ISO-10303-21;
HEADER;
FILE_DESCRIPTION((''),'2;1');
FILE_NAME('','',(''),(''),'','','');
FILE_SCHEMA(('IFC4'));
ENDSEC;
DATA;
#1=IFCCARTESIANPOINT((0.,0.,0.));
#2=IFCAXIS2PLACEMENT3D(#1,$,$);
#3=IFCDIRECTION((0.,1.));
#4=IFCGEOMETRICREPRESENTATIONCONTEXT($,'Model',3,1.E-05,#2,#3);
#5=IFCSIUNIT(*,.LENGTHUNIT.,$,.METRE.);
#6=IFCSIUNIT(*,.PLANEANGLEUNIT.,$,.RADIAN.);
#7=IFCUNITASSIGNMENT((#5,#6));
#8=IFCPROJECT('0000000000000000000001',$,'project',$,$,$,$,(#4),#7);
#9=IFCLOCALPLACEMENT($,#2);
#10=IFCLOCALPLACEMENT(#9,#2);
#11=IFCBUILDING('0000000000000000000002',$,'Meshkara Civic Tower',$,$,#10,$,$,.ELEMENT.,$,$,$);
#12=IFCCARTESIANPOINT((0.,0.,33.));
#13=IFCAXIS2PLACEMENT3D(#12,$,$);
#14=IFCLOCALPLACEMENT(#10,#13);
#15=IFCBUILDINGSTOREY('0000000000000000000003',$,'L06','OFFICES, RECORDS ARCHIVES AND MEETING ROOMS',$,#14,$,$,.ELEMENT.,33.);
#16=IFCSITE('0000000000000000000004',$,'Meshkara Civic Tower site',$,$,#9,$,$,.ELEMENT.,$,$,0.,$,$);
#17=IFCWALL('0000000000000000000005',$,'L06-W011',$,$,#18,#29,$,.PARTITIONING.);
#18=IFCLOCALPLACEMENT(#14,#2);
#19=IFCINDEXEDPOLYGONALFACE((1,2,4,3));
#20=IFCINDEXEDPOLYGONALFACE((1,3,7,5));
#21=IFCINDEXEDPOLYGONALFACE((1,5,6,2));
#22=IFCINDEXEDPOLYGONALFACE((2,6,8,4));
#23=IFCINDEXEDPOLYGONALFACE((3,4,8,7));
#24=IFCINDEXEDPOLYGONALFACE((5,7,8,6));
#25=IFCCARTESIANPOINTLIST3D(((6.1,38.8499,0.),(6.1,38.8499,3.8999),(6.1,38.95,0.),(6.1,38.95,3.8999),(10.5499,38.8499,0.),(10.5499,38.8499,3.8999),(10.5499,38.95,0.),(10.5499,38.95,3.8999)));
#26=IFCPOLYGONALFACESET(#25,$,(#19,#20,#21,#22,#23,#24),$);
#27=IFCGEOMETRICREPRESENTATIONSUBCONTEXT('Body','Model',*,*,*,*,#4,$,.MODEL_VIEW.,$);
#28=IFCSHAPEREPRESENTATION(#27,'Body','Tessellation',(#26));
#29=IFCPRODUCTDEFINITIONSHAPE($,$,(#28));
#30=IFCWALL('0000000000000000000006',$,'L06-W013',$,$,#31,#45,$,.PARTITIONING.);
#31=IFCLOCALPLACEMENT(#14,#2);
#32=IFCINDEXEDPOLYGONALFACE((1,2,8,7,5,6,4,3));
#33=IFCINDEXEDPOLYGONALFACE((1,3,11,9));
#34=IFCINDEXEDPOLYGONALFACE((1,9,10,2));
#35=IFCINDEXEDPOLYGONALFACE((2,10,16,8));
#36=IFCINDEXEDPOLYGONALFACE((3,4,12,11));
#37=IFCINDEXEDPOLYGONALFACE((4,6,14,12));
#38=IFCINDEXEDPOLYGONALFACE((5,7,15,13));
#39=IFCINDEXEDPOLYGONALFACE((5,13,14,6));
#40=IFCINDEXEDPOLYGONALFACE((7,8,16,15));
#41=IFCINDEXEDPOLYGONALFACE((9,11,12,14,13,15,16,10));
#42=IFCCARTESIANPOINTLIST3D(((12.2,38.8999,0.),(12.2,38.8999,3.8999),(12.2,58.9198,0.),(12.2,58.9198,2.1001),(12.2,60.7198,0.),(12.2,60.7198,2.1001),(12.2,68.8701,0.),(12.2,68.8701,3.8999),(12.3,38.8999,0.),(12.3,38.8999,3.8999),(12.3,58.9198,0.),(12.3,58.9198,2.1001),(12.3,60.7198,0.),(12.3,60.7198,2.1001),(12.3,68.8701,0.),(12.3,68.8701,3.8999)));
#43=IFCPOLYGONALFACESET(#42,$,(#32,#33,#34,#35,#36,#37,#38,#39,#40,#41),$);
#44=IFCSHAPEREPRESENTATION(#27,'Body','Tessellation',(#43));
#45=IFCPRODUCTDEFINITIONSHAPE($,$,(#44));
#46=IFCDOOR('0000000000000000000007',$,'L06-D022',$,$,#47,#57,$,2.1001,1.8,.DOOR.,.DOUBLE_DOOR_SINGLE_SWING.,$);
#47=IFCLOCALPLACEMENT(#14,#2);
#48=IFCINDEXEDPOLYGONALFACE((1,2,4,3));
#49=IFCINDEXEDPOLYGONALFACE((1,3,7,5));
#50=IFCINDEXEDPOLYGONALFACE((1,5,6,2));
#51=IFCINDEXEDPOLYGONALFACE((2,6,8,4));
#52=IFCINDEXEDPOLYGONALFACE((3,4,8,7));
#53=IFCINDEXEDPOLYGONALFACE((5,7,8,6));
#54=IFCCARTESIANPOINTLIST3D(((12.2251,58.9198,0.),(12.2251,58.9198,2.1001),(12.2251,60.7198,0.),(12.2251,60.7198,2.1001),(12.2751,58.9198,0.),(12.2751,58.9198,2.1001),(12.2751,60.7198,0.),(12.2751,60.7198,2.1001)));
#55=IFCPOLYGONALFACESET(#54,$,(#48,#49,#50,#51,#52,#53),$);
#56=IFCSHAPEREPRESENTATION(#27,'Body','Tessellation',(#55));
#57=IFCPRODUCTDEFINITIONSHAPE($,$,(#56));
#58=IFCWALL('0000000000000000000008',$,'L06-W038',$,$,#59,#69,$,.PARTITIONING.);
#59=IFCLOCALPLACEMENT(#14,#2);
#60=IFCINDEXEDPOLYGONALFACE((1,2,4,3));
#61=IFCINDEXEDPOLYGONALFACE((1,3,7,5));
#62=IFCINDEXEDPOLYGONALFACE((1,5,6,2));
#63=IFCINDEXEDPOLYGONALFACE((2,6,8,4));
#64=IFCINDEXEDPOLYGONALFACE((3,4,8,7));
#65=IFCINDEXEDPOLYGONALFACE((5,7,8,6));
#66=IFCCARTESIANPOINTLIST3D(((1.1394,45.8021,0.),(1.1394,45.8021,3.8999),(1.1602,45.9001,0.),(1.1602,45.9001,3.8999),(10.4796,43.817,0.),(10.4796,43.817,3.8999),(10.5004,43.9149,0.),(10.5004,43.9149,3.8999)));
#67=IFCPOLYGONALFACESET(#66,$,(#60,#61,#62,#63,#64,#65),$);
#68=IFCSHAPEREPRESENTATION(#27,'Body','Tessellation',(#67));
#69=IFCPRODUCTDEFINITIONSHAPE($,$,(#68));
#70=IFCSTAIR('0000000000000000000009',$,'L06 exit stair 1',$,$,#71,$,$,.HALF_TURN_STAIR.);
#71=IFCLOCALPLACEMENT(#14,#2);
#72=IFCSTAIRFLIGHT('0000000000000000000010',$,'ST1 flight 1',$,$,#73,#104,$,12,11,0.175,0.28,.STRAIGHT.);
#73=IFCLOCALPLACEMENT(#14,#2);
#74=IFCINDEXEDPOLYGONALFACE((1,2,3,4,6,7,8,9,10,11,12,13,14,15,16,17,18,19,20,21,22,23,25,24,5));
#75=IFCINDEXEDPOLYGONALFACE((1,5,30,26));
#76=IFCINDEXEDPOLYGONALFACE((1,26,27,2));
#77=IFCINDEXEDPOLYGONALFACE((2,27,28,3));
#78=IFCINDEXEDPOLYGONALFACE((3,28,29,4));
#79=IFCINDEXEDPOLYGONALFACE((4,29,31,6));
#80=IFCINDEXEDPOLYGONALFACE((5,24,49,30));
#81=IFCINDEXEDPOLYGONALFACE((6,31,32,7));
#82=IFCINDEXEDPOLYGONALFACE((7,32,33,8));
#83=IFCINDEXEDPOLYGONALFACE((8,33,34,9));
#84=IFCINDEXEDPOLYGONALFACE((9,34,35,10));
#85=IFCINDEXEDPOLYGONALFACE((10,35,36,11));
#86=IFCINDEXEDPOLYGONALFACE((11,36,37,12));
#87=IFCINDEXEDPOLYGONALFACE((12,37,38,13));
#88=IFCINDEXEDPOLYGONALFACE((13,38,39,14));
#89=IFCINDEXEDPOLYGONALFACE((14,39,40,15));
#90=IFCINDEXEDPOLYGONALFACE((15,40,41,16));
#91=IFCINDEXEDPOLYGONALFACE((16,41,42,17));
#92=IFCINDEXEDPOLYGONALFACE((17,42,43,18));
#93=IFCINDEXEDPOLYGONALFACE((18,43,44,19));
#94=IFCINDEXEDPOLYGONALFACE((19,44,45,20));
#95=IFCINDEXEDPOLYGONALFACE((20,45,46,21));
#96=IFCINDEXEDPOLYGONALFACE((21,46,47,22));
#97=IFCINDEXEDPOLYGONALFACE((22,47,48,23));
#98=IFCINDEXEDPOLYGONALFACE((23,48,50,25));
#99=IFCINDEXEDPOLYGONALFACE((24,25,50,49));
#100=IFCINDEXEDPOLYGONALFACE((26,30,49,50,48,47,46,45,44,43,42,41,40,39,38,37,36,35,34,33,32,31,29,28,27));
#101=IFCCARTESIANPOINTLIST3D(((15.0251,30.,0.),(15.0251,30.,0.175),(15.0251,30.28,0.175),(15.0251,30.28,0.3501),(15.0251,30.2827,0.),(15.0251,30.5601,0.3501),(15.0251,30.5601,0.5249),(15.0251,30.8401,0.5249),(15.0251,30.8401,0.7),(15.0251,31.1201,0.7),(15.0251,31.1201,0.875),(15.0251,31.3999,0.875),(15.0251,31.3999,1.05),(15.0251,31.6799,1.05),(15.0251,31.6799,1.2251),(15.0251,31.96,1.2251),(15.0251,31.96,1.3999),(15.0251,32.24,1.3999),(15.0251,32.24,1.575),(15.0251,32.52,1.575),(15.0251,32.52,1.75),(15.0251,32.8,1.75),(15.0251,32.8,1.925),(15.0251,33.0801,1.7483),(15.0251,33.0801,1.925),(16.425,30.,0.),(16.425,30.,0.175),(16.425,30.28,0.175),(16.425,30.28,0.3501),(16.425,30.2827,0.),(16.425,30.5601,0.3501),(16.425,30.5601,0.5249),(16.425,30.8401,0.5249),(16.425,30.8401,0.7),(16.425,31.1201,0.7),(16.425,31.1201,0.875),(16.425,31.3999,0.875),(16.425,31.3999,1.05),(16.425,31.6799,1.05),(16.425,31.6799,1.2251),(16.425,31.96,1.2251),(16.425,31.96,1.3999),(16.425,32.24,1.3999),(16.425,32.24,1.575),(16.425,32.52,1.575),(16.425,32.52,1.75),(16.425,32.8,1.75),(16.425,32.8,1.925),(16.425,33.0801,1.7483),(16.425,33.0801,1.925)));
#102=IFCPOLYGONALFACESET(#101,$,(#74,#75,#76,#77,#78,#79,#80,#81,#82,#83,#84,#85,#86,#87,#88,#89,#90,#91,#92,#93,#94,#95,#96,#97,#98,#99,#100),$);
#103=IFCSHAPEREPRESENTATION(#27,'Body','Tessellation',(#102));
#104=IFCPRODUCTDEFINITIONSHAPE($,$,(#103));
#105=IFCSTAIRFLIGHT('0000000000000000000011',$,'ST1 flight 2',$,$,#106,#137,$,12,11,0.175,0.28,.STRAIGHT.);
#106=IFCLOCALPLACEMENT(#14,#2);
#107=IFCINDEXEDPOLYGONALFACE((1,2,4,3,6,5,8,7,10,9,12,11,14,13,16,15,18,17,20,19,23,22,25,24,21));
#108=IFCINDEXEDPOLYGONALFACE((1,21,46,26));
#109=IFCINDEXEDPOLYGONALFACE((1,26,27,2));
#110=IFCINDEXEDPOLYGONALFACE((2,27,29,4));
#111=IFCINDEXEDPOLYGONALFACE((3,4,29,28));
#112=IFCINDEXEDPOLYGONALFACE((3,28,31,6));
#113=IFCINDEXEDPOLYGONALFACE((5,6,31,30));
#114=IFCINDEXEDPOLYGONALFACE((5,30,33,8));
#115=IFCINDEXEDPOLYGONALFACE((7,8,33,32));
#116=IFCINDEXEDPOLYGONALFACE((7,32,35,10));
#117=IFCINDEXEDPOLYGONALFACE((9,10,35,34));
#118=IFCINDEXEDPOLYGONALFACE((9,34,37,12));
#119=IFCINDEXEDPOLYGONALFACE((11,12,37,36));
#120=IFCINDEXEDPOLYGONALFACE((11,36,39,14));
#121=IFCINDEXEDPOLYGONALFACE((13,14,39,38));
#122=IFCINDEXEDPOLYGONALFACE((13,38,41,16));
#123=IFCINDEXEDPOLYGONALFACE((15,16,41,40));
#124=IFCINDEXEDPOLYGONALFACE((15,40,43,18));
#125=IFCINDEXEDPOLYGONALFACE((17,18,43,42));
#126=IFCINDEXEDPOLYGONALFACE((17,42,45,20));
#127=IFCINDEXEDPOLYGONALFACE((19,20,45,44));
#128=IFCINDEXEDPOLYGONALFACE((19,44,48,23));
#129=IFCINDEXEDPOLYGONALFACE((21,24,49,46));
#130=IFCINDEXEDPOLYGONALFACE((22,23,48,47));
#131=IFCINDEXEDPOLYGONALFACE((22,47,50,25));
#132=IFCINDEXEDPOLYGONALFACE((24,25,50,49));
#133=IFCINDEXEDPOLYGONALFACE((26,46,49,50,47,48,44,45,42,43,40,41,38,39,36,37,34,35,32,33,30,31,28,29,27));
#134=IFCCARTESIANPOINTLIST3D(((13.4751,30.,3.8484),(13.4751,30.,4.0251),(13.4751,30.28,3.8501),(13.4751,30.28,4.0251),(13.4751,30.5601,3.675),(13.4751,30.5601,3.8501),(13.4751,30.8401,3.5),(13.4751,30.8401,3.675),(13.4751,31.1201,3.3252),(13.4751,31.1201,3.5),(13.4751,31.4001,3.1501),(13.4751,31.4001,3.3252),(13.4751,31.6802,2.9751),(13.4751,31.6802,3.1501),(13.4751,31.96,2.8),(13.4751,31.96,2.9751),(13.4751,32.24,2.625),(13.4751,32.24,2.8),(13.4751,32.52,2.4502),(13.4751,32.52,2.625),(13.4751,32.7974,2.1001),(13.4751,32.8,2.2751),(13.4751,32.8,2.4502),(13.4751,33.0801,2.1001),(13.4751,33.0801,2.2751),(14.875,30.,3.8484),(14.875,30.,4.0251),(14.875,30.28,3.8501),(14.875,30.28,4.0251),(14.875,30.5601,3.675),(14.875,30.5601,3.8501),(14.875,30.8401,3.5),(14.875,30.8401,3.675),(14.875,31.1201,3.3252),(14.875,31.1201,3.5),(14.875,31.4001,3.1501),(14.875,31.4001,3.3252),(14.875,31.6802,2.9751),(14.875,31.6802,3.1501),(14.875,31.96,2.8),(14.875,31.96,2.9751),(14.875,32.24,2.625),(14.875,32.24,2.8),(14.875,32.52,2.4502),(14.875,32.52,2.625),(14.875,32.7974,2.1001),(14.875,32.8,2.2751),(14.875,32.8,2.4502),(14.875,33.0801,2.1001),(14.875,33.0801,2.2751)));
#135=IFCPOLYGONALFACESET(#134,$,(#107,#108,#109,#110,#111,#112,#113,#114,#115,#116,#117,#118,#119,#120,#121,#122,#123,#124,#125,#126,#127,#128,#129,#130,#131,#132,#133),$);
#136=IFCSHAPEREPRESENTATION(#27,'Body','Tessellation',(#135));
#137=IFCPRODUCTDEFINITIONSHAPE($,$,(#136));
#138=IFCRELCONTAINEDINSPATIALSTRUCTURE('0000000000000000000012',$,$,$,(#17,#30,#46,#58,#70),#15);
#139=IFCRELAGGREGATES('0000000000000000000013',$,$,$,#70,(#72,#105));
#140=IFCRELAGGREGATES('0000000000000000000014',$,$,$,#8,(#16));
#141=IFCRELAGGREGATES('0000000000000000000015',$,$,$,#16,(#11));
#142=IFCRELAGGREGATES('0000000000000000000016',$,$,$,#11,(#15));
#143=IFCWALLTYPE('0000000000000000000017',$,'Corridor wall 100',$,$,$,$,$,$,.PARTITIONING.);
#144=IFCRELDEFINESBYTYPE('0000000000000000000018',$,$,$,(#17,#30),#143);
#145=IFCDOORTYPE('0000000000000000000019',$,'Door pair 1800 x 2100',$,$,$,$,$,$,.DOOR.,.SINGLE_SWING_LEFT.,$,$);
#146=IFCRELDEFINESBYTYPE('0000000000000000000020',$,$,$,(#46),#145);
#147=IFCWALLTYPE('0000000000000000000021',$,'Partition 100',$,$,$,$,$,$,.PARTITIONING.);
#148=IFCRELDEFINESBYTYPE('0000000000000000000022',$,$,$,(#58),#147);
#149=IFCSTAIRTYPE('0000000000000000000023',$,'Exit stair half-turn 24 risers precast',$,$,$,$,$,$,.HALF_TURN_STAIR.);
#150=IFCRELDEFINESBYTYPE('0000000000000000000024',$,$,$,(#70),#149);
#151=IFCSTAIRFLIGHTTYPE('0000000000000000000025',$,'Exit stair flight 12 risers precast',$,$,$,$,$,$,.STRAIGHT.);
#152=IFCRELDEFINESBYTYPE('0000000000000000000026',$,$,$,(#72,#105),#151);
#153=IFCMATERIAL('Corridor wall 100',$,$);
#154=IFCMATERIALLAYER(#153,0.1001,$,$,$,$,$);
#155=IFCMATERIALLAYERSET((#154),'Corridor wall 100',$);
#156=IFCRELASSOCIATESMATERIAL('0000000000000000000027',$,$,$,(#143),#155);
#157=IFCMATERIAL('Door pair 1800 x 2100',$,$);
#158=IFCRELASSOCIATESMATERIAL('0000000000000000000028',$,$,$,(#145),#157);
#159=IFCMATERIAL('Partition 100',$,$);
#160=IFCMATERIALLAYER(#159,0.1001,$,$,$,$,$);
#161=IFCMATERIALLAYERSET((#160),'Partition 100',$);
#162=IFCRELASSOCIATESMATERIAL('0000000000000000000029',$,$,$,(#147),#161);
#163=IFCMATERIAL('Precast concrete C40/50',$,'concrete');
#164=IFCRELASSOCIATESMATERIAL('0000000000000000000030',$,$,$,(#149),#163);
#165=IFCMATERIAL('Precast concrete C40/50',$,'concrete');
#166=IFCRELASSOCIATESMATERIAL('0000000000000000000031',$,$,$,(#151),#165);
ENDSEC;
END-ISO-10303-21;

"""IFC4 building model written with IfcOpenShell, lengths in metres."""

from ifc_helpers import new_model, si_unit, direction, frame, frame_2d, origin, place, context, subcontext, project, spatial, polyline, rectangle, outline, extrude, material, layer, layer_set, type_object, element, fill, aggregate, save


model = new_model("IFC4")

# Units and contexts
model_context = context("Model", 3, precision=1e-05, world=origin(), true_north=direction((0.0, 1.0)))
body_context = subcontext(model_context, "Body", "Model", "MODEL_VIEW")
ifc_project = project(units=[si_unit("LENGTHUNIT", "METRE"), si_unit("PLANEANGLEUNIT", "RADIAN")], contexts=[model_context])

# Site, building, storey
site_placement = place(None, origin())
site = spatial("IfcSite", under=ifc_project, at=site_placement, Name="Meshkara Civic Tower site", CompositionType="ELEMENT", RefElevation=0.0)
building_placement = place(site_placement, origin())
building = spatial("IfcBuilding", under=site, at=building_placement, Name="Meshkara Civic Tower", CompositionType="ELEMENT")
storey_placement = place(building_placement, frame((0.0, 0.0, 33.0)))
storey = spatial("IfcBuildingStorey", under=building, at=storey_placement, Name="L06", Description="OFFICES, RECORDS ARCHIVES AND MEETING ROOMS", CompositionType="ELEMENT", Elevation=33.0)

# Shared definitions
ifc_material_1 = material(Name="Corridor wall 100")
ifc_layer_1 = layer(ifc_material_1, 0.1001)
ifc_layer_set_1 = layer_set([ifc_layer_1], Name="Corridor wall 100")
wall_type_1 = type_object("IfcWallType", Name="Corridor wall 100", PredefinedType="PARTITIONING", material=ifc_layer_set_1)
ifc_material_2 = material(Name="Door pair 1800 x 2100")
door_type_1 = type_object("IfcDoorType", Name="Door pair 1800 x 2100", OperationType="SINGLE_SWING_LEFT", PredefinedType="DOOR", material=ifc_material_2)

# Wall
wall_1_placement = place(storey_placement, frame((10.55, 38.8999, 0.0), z_axis=(0.0, 0.0, 1.0), x_axis=(-1.0, 0.0, 0.0)))
element("IfcWall", 1, at=wall_1_placement, inside=storey, type_object=wall_type_1, Name="L06-W011", PredefinedType="PARTITIONING", context=body_context, shape_type="SweptSolid", body=[
    extrude(rectangle(XDim=4.45, YDim=0.1001, at=frame_2d((2.2251, 0.0))), origin(), (0.0, 0.0, 1.0), 3.8999),
])

# Wall, opening, door
wall_2_placement = place(storey_placement, frame((12.25, 38.8999, 0.0), z_axis=(0.0, 0.0, 1.0), x_axis=(0.0, 1.0, 0.0)))
wall_2 = element("IfcWall", 2, at=wall_2_placement, inside=storey, type_object=wall_type_1, Name="L06-W013", PredefinedType="PARTITIONING", context=body_context, shape_type="SweptSolid", body=[
    extrude(rectangle(XDim=29.9702, YDim=0.1001, at=frame_2d((14.9851, 0.0))), origin(), (0.0, 0.0, 1.0), 3.8999),
])
opening_1_placement = place(wall_2_placement, frame((20.02, 0.0, 0.0)))
opening_1 = element("IfcOpeningElement", 3, at=opening_1_placement, cuts=wall_2, PredefinedType="OPENING", context=body_context, shape_type="SweptSolid", body=[
    extrude(rectangle(XDim=1.8, YDim=2.1001, at=frame_2d((0.8999, 1.05))), frame((0.0, 0.0601, 0.0), z_axis=(0.0, -1.0, 0.0), x_axis=(1.0, 0.0, 0.0)), (0.0, 0.0, 1.0), 0.1201),
])
door_1_placement = place(opening_1_placement, origin())
door_1 = element("IfcDoor", 4, at=door_1_placement, inside=storey, type_object=door_type_1, Name="L06-D022", OperationType="DOUBLE_DOOR_SINGLE_SWING", OverallHeight=2.1001, OverallWidth=1.8, PredefinedType="DOOR", context=body_context, shape_type="SweptSolid", body=[
    extrude(rectangle(XDim=1.8, YDim=2.1001, at=frame_2d((0.8999, 1.05))), frame((0.0, 0.0249, 0.0), z_axis=(0.0, -1.0, 0.0), x_axis=(1.0, 0.0, 0.0)), (0.0, 0.0, 1.0), 0.05),
])
fill(opening_1, door_1)

# Wall
ifc_material_3 = material(Name="Partition 100")
ifc_layer_2 = layer(ifc_material_3, 0.1001)
ifc_layer_set_2 = layer_set([ifc_layer_2], Name="Partition 100")
wall_type_2 = type_object("IfcWallType", Name="Partition 100", PredefinedType="PARTITIONING", material=ifc_layer_set_2)
wall_3_placement = place(storey_placement, frame((10.49, 43.866, 0.0), z_axis=(0.0, 0.0, 1.0), x_axis=(-0.978152, 0.207893, 0.0)))
element("IfcWall", 5, at=wall_3_placement, inside=storey, type_object=wall_type_2, Name="L06-W038", PredefinedType="PARTITIONING", context=body_context, shape_type="SweptSolid", body=[
    extrude(rectangle(XDim=9.5488, YDim=0.1001, at=frame_2d((4.7744, 0.0))), origin(), (0.0, 0.0, 1.0), 3.8999),
])

# Stair, stair flights
ifc_material_4 = material(Name="Precast concrete C40/50", Category="concrete")
stair_type = type_object("IfcStairType", Name="Exit stair half-turn 24 risers precast", PredefinedType="HALF_TURN_STAIR", material=ifc_material_4)
stair_placement = place(storey_placement, origin())
stair = element("IfcStair", 6, at=stair_placement, inside=storey, type_object=stair_type, Name="L06 exit stair 1", PredefinedType="HALF_TURN_STAIR")
ifc_material_5 = material(Name="Precast concrete C40/50", Category="concrete")
stair_flight_type = type_object("IfcStairFlightType", Name="Exit stair flight 12 risers precast", PredefinedType="STRAIGHT", material=ifc_material_5)
stair_flight_1_placement = place(storey_placement, frame((15.7251, 30.0, 0.0), z_axis=(0.0, 0.0, 1.0), x_axis=(0.0, 1.0, 0.0)))
stair_flight_1 = element("IfcStairFlight", 7, at=stair_flight_1_placement, type_object=stair_flight_type, Name="ST1 flight 1", NumberOfRisers=12, NumberOfTreads=11, PredefinedType="STRAIGHT", RiserHeight=0.175, TreadLength=0.28, context=body_context, shape_type="SweptSolid", body=[
    extrude(outline(polyline([(0.0, 0.0), (0.0, 0.175), (0.28, 0.175), (0.28, 0.3501), (0.5601, 0.3501), (0.5601, 0.5249), (0.8401, 0.5249), (0.8401, 0.7), (1.1201, 0.7), (1.1201, 0.875), (1.3999, 0.875), (1.3999, 1.05), (1.6799, 1.05), (1.6799, 1.2251), (1.96, 1.2251), (1.96, 1.3999), (2.24, 1.3999), (2.24, 1.575), (2.52, 1.575), (2.52, 1.75), (2.8, 1.75), (2.8, 1.925), (3.0801, 1.925), (3.0801, 2.1001), (3.0801, 1.7483), (0.2827, 0.0), (0.0, 0.0)])), frame((0.0, 0.7, 0.0), z_axis=(0.0, -1.0, 0.0), x_axis=(1.0, 0.0, 0.0)), (0.0, 0.0, 1.0), 1.3999),
])
stair_flight_2_placement = place(storey_placement, frame((14.175, 33.0801, 2.1001), z_axis=(0.0, 0.0, 1.0), x_axis=(0.0, -1.0, 0.0)))
stair_flight_2 = element("IfcStairFlight", 8, at=stair_flight_2_placement, type_object=stair_flight_type, Name="ST1 flight 2", NumberOfRisers=12, NumberOfTreads=11, PredefinedType="STRAIGHT", RiserHeight=0.175, TreadLength=0.28, context=body_context, shape_type="SweptSolid", body=[
    extrude(outline(polyline([(0.0, 0.0), (0.0, 0.175), (0.28, 0.175), (0.28, 0.3501), (0.5601, 0.3501), (0.5601, 0.5249), (0.8401, 0.5249), (0.8401, 0.7), (1.1201, 0.7), (1.1201, 0.875), (1.3999, 0.875), (1.3999, 1.05), (1.6799, 1.05), (1.6799, 1.2251), (1.96, 1.2251), (1.96, 1.3999), (2.24, 1.3999), (2.24, 1.575), (2.52, 1.575), (2.52, 1.75), (2.8, 1.75), (2.8, 1.925), (3.0801, 1.925), (3.0801, 2.1001), (3.0801, 1.7483), (0.2827, 0.0), (0.0, 0.0)])), frame((0.0, 0.7, 0.0), z_axis=(0.0, -1.0, 0.0), x_axis=(1.0, 0.0, 0.0)), (0.0, 0.0, 1.0), 1.3999),
])
aggregate(stair, [stair_flight_1, stair_flight_2])

save(model, "model.ifc")
